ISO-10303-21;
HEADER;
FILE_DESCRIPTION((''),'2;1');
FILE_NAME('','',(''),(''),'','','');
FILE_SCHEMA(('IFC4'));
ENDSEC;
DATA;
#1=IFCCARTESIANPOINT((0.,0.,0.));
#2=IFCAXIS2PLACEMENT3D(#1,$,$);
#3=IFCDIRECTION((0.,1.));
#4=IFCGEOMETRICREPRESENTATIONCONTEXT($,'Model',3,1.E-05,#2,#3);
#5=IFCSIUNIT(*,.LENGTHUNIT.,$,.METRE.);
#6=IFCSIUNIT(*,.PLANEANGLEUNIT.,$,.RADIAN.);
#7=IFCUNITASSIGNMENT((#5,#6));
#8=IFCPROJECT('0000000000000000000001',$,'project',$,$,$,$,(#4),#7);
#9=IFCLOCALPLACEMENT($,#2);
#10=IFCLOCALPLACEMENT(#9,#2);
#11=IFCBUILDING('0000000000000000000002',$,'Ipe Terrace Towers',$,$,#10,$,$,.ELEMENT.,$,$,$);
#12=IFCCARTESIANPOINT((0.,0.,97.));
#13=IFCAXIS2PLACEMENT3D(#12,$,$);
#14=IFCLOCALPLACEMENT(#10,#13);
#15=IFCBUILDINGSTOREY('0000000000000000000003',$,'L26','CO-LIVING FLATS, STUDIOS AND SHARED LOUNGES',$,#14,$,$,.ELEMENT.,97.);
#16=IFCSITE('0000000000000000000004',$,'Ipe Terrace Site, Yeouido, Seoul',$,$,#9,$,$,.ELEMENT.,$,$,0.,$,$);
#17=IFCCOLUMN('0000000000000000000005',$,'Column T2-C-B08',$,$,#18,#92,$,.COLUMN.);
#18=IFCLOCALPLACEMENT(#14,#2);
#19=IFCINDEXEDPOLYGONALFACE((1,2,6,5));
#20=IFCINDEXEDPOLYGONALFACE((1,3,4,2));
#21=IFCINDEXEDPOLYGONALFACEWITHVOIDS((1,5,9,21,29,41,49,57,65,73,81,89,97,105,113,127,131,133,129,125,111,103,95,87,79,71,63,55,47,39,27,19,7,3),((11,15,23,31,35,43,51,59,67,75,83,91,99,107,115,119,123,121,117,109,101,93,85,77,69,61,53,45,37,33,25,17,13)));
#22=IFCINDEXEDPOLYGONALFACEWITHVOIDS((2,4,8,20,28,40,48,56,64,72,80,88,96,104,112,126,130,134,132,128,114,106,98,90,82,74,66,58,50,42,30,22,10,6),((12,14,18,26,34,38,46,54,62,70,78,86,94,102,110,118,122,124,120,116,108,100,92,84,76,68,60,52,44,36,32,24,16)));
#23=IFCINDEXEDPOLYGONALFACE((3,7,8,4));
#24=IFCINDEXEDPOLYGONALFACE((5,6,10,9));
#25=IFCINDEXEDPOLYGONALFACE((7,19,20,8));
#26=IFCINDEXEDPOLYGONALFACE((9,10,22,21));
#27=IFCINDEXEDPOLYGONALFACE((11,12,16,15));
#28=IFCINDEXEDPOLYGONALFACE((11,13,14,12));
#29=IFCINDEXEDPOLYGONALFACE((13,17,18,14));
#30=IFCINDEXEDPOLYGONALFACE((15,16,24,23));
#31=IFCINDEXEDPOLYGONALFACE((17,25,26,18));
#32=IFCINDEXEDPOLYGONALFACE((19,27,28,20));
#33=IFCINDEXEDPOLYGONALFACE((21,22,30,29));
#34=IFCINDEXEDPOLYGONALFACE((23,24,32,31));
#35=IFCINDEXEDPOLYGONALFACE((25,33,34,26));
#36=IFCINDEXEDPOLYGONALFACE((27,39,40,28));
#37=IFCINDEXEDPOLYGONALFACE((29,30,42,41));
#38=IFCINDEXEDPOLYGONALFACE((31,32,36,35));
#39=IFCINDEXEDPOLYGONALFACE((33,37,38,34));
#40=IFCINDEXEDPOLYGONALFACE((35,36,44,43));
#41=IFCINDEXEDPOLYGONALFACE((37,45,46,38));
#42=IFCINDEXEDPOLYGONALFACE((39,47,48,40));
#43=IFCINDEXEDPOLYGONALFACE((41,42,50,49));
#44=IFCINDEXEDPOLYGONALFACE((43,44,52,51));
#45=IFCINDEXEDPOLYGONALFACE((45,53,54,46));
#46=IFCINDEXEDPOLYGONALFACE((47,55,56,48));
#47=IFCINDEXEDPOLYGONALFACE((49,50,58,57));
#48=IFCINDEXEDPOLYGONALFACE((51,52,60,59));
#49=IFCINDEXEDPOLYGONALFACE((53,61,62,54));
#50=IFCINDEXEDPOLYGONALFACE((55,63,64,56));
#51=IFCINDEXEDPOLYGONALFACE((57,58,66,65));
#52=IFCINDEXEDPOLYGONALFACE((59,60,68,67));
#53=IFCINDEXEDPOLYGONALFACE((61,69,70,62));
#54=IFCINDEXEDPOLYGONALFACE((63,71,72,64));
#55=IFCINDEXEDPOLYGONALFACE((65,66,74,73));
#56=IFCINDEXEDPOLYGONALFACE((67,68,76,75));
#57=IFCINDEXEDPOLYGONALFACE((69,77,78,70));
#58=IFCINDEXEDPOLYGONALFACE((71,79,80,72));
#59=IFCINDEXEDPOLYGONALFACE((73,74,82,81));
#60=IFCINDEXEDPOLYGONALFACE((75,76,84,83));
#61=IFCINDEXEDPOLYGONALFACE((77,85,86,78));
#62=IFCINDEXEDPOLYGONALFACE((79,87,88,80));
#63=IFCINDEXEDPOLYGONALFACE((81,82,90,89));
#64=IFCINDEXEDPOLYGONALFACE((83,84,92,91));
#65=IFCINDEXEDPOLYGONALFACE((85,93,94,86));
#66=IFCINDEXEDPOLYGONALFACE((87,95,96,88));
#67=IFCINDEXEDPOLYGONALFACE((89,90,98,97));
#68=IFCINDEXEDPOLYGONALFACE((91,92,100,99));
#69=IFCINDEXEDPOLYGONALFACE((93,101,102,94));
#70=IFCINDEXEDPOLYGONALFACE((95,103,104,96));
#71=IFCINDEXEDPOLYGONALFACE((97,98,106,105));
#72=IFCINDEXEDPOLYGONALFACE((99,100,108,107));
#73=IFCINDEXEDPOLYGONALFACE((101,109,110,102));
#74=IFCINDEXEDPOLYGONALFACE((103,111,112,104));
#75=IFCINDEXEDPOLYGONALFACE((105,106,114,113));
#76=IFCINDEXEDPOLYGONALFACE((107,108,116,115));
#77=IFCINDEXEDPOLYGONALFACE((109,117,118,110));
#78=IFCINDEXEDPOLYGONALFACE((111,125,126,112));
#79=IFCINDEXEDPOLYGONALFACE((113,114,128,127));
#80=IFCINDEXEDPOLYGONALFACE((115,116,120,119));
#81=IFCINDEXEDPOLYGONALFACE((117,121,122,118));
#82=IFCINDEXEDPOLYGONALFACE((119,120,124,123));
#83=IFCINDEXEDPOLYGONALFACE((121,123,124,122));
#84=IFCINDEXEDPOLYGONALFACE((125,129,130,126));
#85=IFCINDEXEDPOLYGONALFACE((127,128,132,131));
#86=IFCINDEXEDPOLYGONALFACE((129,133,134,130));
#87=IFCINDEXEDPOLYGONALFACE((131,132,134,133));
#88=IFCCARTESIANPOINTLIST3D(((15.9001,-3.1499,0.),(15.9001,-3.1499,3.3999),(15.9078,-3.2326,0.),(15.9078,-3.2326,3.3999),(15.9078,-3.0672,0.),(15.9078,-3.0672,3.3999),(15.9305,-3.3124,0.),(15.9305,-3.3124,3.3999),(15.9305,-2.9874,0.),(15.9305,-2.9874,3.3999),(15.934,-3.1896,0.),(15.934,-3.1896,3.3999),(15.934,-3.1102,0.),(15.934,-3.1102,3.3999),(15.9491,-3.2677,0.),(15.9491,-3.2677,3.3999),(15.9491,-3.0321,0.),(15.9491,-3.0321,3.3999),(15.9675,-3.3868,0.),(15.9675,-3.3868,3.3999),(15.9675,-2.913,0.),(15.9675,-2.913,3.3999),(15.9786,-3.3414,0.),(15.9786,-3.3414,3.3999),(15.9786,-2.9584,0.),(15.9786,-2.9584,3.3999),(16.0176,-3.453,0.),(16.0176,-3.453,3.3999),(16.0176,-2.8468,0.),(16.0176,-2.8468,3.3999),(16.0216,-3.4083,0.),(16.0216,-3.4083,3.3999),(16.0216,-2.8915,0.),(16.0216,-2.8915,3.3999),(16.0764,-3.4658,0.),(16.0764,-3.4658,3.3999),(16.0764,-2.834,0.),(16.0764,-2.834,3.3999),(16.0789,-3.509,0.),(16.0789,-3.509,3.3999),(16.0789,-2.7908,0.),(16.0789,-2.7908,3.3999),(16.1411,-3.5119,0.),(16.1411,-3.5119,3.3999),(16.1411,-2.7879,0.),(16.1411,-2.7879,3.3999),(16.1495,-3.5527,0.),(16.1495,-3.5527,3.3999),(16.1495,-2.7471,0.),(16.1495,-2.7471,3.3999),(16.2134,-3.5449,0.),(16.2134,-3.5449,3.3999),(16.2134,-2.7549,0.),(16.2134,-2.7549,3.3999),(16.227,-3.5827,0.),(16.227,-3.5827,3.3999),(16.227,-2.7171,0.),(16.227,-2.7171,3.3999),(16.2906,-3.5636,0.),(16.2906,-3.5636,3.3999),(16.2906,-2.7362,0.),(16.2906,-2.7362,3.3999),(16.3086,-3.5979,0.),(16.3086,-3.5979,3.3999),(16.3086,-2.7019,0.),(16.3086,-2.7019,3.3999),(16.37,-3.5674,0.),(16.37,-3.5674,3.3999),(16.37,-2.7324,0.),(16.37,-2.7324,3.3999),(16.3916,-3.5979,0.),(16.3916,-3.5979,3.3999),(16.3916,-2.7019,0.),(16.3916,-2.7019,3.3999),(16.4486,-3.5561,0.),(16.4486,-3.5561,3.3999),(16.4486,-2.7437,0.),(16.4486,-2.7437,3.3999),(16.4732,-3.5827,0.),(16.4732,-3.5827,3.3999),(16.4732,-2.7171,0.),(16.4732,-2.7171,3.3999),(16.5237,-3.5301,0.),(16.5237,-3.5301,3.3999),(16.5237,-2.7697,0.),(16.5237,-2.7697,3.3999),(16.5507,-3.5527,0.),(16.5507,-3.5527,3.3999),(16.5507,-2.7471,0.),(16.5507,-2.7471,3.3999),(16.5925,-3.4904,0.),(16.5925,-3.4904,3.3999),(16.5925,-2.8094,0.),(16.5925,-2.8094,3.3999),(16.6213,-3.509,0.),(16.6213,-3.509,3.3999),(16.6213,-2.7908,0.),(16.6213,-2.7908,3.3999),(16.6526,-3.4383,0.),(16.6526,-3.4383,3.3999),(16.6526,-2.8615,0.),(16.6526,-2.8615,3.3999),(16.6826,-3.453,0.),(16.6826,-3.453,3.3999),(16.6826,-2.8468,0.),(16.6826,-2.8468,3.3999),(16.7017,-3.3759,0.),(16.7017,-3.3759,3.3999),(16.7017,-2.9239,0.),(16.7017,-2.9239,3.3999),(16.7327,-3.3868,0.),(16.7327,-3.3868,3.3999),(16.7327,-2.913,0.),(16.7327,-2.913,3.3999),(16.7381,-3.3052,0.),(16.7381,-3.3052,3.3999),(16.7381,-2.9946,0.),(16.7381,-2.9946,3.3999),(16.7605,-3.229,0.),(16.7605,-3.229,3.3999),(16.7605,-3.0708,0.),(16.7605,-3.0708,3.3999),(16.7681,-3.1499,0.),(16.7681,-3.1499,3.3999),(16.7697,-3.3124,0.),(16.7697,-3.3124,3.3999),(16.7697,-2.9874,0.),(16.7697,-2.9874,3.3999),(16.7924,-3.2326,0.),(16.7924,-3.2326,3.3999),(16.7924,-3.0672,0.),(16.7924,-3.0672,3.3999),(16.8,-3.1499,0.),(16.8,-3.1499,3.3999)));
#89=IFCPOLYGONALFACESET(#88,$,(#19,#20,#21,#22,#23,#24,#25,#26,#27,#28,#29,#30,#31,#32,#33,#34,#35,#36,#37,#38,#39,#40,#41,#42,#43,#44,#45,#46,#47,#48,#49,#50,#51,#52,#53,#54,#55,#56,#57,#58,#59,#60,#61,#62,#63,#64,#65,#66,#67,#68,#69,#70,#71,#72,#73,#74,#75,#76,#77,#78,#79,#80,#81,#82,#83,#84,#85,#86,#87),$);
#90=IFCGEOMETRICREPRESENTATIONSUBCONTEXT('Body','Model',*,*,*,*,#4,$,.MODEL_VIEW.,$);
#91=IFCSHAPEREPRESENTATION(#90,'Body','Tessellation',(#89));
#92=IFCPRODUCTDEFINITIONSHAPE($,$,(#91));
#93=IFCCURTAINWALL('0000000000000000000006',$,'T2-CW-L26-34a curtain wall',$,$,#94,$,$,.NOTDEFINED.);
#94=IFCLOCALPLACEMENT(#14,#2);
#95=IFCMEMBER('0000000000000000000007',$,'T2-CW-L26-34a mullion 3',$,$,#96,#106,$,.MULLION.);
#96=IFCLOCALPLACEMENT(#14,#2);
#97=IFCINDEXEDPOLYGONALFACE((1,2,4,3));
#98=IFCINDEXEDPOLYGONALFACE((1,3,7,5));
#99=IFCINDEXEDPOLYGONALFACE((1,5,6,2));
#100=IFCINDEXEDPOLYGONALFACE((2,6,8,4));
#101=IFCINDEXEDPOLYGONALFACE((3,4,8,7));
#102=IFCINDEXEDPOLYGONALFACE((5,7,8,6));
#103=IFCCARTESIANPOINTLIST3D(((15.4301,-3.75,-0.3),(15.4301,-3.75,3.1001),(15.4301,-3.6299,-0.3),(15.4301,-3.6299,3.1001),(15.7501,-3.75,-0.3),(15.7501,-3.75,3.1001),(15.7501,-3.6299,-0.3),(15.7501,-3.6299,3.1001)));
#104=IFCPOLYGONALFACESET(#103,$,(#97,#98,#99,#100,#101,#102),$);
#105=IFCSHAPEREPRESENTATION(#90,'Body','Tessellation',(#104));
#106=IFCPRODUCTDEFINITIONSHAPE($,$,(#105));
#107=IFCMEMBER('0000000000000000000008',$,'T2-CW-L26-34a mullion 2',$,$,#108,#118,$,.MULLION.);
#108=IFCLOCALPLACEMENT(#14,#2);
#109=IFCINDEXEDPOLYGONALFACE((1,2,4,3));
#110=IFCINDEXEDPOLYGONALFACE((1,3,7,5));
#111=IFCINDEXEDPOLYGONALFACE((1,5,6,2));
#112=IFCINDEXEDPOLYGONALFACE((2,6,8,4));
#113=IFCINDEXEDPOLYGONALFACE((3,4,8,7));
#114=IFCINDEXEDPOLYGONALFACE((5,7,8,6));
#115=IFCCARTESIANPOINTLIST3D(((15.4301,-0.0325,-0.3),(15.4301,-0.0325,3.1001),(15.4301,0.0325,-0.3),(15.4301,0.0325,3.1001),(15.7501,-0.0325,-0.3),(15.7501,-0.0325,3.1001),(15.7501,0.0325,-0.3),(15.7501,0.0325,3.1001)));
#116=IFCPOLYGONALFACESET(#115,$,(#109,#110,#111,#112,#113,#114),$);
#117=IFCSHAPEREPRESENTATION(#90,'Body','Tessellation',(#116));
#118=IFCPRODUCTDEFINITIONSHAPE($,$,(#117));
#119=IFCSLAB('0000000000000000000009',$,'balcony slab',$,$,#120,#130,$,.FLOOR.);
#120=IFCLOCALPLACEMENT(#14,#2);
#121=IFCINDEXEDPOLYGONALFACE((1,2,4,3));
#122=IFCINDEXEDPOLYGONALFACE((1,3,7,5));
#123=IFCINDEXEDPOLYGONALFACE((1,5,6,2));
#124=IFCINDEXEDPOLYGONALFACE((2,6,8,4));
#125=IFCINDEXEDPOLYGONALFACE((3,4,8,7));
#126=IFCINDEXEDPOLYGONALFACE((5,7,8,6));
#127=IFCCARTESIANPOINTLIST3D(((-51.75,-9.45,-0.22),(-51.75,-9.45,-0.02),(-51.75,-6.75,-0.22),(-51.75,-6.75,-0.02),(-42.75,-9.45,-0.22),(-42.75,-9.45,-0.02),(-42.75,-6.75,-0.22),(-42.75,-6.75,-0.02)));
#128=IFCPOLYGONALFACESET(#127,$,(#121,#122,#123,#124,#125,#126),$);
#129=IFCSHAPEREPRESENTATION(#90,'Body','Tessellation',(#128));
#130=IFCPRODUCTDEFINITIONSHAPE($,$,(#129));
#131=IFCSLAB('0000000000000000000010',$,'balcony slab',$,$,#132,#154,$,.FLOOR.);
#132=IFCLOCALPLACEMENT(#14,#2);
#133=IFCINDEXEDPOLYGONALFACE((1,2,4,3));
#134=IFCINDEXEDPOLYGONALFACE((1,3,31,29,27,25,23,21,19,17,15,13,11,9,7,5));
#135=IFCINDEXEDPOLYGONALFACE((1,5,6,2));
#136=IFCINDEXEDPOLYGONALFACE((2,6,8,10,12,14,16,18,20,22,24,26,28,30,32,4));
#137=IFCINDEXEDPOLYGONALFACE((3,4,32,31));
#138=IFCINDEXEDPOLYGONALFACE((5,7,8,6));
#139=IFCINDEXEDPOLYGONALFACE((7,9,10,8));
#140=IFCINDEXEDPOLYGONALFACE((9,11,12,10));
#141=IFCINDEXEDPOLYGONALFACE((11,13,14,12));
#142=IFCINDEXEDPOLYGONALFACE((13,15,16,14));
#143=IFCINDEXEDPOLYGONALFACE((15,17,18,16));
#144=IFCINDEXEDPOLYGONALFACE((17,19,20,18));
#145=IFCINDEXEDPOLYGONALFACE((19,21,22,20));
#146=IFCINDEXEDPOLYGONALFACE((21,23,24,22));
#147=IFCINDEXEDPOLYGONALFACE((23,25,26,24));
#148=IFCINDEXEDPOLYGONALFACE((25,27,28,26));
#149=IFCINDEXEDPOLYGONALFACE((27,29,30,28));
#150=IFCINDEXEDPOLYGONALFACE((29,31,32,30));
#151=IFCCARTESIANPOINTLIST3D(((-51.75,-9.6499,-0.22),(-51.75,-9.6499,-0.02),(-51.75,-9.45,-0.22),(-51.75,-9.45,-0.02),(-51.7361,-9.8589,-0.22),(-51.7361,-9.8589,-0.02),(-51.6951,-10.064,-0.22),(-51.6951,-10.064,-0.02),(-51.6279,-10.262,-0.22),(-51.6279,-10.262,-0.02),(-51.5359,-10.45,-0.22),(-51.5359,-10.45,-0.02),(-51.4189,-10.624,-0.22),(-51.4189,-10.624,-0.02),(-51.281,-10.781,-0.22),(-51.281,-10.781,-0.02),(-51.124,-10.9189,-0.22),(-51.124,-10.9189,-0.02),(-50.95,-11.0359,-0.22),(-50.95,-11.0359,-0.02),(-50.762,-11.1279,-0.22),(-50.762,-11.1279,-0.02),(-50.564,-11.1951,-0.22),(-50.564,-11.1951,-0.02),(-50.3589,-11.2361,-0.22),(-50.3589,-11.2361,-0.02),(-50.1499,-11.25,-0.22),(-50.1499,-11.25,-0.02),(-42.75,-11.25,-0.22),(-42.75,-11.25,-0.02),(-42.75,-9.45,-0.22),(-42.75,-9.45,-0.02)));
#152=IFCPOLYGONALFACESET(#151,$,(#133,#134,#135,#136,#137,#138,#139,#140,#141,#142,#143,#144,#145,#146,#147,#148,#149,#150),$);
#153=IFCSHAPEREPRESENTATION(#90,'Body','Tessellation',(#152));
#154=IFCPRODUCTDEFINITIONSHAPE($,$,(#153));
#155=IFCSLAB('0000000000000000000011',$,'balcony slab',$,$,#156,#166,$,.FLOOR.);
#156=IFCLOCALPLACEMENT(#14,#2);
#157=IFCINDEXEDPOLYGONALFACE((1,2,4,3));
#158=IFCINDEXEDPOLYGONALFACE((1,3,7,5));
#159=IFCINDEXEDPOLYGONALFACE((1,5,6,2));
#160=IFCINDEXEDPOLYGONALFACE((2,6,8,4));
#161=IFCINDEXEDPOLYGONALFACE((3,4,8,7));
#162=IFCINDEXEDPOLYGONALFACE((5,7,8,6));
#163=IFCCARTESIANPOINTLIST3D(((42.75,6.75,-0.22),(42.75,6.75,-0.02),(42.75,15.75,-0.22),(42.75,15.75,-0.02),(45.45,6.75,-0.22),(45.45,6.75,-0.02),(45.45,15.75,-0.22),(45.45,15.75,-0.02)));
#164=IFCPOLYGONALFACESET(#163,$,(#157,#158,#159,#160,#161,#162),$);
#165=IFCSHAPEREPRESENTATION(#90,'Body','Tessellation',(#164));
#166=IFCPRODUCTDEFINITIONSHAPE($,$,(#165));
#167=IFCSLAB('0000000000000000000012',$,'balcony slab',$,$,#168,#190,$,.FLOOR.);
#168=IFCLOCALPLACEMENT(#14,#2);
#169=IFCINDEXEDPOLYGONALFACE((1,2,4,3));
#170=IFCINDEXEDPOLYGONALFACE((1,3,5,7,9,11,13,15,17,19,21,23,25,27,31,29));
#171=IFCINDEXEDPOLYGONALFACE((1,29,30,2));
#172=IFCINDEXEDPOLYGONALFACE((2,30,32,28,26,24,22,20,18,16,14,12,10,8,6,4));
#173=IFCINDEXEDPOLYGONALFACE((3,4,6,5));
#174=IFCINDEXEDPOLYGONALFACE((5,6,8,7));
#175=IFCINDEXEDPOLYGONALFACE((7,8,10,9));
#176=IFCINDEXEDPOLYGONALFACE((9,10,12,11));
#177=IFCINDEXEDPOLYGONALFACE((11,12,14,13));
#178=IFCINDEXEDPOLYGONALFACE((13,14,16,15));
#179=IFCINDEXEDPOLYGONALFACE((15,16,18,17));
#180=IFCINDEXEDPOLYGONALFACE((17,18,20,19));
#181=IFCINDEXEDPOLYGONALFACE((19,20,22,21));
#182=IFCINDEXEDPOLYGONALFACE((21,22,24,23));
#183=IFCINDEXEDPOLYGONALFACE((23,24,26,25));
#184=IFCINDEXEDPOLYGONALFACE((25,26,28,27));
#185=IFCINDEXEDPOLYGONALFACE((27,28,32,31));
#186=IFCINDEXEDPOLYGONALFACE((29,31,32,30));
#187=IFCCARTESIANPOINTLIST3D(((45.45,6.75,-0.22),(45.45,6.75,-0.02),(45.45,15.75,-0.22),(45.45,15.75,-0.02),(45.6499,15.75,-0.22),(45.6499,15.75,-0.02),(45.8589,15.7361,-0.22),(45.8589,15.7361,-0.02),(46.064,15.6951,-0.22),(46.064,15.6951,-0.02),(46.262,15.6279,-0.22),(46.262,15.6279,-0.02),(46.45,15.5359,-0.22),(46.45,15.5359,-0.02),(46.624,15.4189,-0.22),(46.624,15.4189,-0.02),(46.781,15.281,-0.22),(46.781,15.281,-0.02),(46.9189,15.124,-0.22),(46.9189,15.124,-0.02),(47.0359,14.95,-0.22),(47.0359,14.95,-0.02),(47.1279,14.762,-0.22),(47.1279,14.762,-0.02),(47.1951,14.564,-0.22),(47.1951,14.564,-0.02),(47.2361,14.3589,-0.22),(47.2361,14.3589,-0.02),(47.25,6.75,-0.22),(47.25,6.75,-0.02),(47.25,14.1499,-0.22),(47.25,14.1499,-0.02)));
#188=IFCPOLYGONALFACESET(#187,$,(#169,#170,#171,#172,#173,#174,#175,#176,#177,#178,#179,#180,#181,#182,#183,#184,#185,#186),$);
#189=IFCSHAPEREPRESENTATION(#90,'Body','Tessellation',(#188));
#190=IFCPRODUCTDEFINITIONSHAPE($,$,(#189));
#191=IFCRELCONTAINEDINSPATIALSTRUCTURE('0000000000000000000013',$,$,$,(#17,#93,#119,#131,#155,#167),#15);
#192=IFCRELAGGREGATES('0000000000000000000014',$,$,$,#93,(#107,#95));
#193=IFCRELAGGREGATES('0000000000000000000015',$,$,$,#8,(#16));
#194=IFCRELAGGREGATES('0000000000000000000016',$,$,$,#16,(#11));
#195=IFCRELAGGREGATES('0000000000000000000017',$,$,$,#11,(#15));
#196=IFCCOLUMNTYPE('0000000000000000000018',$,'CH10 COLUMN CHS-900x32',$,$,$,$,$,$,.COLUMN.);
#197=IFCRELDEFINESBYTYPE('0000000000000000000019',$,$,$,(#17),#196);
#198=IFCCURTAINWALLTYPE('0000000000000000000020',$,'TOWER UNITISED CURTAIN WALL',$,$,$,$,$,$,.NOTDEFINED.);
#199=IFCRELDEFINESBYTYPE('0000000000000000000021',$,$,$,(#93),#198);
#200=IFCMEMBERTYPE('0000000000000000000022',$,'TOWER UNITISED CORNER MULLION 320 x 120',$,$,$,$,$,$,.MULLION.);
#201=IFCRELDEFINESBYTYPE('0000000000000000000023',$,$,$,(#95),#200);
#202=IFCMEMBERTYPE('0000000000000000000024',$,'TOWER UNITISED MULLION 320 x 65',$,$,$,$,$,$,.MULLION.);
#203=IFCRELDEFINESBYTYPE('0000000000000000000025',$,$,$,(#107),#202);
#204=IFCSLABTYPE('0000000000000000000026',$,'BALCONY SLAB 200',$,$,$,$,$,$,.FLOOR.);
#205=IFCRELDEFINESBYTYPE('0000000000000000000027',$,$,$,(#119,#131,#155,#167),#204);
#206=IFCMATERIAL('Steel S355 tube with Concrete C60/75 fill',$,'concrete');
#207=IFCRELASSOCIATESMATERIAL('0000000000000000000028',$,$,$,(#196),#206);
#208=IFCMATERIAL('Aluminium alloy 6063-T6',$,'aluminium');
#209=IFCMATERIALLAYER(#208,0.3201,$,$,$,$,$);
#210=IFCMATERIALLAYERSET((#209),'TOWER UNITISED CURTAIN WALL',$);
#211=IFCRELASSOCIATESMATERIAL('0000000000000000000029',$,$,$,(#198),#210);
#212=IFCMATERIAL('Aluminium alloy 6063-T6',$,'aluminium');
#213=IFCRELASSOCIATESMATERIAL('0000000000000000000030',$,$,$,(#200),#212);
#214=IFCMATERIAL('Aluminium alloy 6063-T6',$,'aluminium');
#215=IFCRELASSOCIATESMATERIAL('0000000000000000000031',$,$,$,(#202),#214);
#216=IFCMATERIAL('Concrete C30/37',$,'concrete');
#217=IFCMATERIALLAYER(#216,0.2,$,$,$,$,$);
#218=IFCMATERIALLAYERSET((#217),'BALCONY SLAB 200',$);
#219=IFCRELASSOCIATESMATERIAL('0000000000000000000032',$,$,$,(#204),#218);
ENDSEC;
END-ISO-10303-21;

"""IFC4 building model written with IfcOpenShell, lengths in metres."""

from ifc_helpers import new_model, si_unit, direction, frame, origin, origin_2d, place, context, subcontext, project, spatial, polyline, rectangle, hollow_circle, outline, extrude, material, layer, layer_set, material_profile, profile_set, type_object, element, aggregate, save


model = new_model("IFC4")

# Units and contexts
model_context = context("Model", 3, precision=1e-05, world=origin(), true_north=direction((0.0, 1.0)))
body_context = subcontext(model_context, "Body", "Model", "MODEL_VIEW")
ifc_project = project(units=[si_unit("LENGTHUNIT", "METRE"), si_unit("PLANEANGLEUNIT", "RADIAN")], contexts=[model_context])

# Site, building, storey
site_placement = place(None, origin())
site = spatial("IfcSite", under=ifc_project, at=site_placement, Name="Ipe Terrace Site, Yeouido, Seoul", CompositionType="ELEMENT", RefElevation=0.0)
building_placement = place(site_placement, origin())
building = spatial("IfcBuilding", under=site, at=building_placement, Name="Ipe Terrace Towers", CompositionType="ELEMENT")
storey_placement = place(building_placement, frame((0.0, 0.0, 97.0)))
storey = spatial("IfcBuildingStorey", under=building, at=storey_placement, Name="L26", Description="CO-LIVING FLATS, STUDIOS AND SHARED LOUNGES", CompositionType="ELEMENT", Elevation=97.0)

# Column
ifc_material_1 = material(Name="Steel S355 tube with Concrete C60/75 fill", Category="concrete")
ifc_material_profile_1 = material_profile(ifc_material_1, hollow_circle(Radius=0.45, WallThickness=0.032, at=origin_2d()), Name="CHS-900x32")
ifc_profile_set_1 = profile_set([ifc_material_profile_1], Name="Steel S355 tube with Concrete C60/75 fill")
column_type = type_object("IfcColumnType", Name="CH10 COLUMN CHS-900x32", PredefinedType="COLUMN", material=ifc_profile_set_1)
column_placement = place(storey_placement, frame((16.3501, -3.1499, 0.0), z_axis=(0.0, 0.0, 1.0), x_axis=(1.0, 0.0, 0.0)))
element("IfcColumn", 1, at=column_placement, inside=storey, type_object=column_type, Name="Column T2-C-B08", PredefinedType="COLUMN", context=body_context, shape_type="SweptSolid", body=[
    extrude(hollow_circle(Radius=0.45, WallThickness=0.032, at=origin_2d()), origin(), (0.0, 0.0, 1.0), 3.3999),
])

# Curtain wall, members
ifc_material_2 = material(Name="Aluminium alloy 6063-T6", Category="aluminium")
ifc_layer_1 = layer(ifc_material_2, 0.3201)
ifc_layer_set_1 = layer_set([ifc_layer_1], Name="TOWER UNITISED CURTAIN WALL")
curtain_wall_type = type_object("IfcCurtainWallType", Name="TOWER UNITISED CURTAIN WALL", PredefinedType="NOTDEFINED", material=ifc_layer_set_1)
curtain_wall_placement = place(storey_placement, origin())
curtain_wall = element("IfcCurtainWall", 2, at=curtain_wall_placement, inside=storey, type_object=curtain_wall_type, Name="T2-CW-L26-34a curtain wall", PredefinedType="NOTDEFINED")
ifc_material_3 = material(Name="Aluminium alloy 6063-T6", Category="aluminium")
ifc_material_profile_2 = material_profile(ifc_material_3, rectangle(XDim=0.3201, YDim=0.1201, at=origin_2d()), Name="TOWER UNITISED CORNER MULLION 320 x 120")
ifc_profile_set_2 = profile_set([ifc_material_profile_2], Name="Aluminium alloy 6063-T6")
member_type_1 = type_object("IfcMemberType", Name="TOWER UNITISED CORNER MULLION 320 x 120", PredefinedType="MULLION", material=ifc_profile_set_2)
member_1_placement = place(storey_placement, frame((15.5901, -3.6899, -0.3), z_axis=(0.0, 0.0, 1.0), x_axis=(-1.0, 0.0, 0.0)))
member_1 = element("IfcMember", 3, at=member_1_placement, type_object=member_type_1, Name="T2-CW-L26-34a mullion 3", PredefinedType="MULLION", context=body_context, shape_type="SweptSolid", body=[
    extrude(rectangle(XDim=0.3201, YDim=0.1201, at=origin_2d()), origin(), (0.0, 0.0, 1.0), 3.4001),
])
ifc_material_4 = material(Name="Aluminium alloy 6063-T6", Category="aluminium")
ifc_material_profile_3 = material_profile(ifc_material_4, rectangle(XDim=0.3201, YDim=0.0649, at=origin_2d()), Name="TOWER UNITISED MULLION 320 x 65")
ifc_profile_set_3 = profile_set([ifc_material_profile_3], Name="Aluminium alloy 6063-T6")
member_type_2 = type_object("IfcMemberType", Name="TOWER UNITISED MULLION 320 x 65", PredefinedType="MULLION", material=ifc_profile_set_3)
member_2_placement = place(storey_placement, frame((15.5901, 0.0, -0.3), z_axis=(0.0, 0.0, 1.0), x_axis=(-1.0, 0.0, 0.0)))
member_2 = element("IfcMember", 4, at=member_2_placement, type_object=member_type_2, Name="T2-CW-L26-34a mullion 2", PredefinedType="MULLION", context=body_context, shape_type="SweptSolid", body=[
    extrude(rectangle(XDim=0.3201, YDim=0.0649, at=origin_2d()), origin(), (0.0, 0.0, 1.0), 3.4001),
])

# Slabs
ifc_material_5 = material(Name="Concrete C30/37", Category="concrete")
ifc_layer_2 = layer(ifc_material_5, 0.2)
ifc_layer_set_2 = layer_set([ifc_layer_2], Name="BALCONY SLAB 200")
slab_type_1 = type_object("IfcSlabType", Name="BALCONY SLAB 200", PredefinedType="FLOOR", material=ifc_layer_set_2)
slab_1_placement = place(storey_placement, frame((0.0, 0.0, -0.22)))
element("IfcSlab", 5, at=slab_1_placement, inside=storey, type_object=slab_type_1, Name="balcony slab", PredefinedType="FLOOR", context=body_context, shape_type="SweptSolid", body=[
    extrude(outline(polyline([(-51.75, -6.75), (-51.75, -9.45), (-42.75, -9.45), (-42.75, -6.75), (-51.75, -6.75)])), origin(), (0.0, 0.0, 1.0), 0.2),
])
slab_2_placement = place(storey_placement, frame((0.0, 0.0, -0.22)))
element("IfcSlab", 6, at=slab_2_placement, inside=storey, type_object=slab_type_1, Name="balcony slab", PredefinedType="FLOOR", context=body_context, shape_type="SweptSolid", body=[
    extrude(outline(polyline([(-42.75, -11.25), (-42.75, -9.45), (-51.75, -9.45), (-51.75, -9.6499), (-51.7361, -9.8589), (-51.6951, -10.064), (-51.6279, -10.262), (-51.5359, -10.45), (-51.4189, -10.624), (-51.281, -10.781), (-51.124, -10.9189), (-50.95, -11.0359), (-50.762, -11.1279), (-50.564, -11.1951), (-50.3589, -11.2361), (-50.1499, -11.25), (-42.75, -11.25)])), origin(), (0.0, 0.0, 1.0), 0.2),
])
slab_3_placement = place(storey_placement, frame((0.0, 0.0, -0.22)))
element("IfcSlab", 7, at=slab_3_placement, inside=storey, type_object=slab_type_1, Name="balcony slab", PredefinedType="FLOOR", context=body_context, shape_type="SweptSolid", body=[
    extrude(outline(polyline([(42.75, 15.75), (42.75, 6.75), (45.45, 6.75), (45.45, 15.75), (42.75, 15.75)])), origin(), (0.0, 0.0, 1.0), 0.2),
])
slab_4_placement = place(storey_placement, frame((0.0, 0.0, -0.22)))
element("IfcSlab", 8, at=slab_4_placement, inside=storey, type_object=slab_type_1, Name="balcony slab", PredefinedType="FLOOR", context=body_context, shape_type="SweptSolid", body=[
    extrude(outline(polyline([(47.25, 6.75), (47.25, 14.1499), (47.2361, 14.3589), (47.1951, 14.564), (47.1279, 14.762), (47.0359, 14.95), (46.9189, 15.124), (46.781, 15.281), (46.624, 15.4189), (46.45, 15.5359), (46.262, 15.6279), (46.064, 15.6951), (45.8589, 15.7361), (45.6499, 15.75), (45.45, 15.75), (45.45, 6.75), (47.25, 6.75)])), origin(), (0.0, 0.0, 1.0), 0.2),
])

aggregate(curtain_wall, [member_2, member_1])

save(model, "model.ifc")
